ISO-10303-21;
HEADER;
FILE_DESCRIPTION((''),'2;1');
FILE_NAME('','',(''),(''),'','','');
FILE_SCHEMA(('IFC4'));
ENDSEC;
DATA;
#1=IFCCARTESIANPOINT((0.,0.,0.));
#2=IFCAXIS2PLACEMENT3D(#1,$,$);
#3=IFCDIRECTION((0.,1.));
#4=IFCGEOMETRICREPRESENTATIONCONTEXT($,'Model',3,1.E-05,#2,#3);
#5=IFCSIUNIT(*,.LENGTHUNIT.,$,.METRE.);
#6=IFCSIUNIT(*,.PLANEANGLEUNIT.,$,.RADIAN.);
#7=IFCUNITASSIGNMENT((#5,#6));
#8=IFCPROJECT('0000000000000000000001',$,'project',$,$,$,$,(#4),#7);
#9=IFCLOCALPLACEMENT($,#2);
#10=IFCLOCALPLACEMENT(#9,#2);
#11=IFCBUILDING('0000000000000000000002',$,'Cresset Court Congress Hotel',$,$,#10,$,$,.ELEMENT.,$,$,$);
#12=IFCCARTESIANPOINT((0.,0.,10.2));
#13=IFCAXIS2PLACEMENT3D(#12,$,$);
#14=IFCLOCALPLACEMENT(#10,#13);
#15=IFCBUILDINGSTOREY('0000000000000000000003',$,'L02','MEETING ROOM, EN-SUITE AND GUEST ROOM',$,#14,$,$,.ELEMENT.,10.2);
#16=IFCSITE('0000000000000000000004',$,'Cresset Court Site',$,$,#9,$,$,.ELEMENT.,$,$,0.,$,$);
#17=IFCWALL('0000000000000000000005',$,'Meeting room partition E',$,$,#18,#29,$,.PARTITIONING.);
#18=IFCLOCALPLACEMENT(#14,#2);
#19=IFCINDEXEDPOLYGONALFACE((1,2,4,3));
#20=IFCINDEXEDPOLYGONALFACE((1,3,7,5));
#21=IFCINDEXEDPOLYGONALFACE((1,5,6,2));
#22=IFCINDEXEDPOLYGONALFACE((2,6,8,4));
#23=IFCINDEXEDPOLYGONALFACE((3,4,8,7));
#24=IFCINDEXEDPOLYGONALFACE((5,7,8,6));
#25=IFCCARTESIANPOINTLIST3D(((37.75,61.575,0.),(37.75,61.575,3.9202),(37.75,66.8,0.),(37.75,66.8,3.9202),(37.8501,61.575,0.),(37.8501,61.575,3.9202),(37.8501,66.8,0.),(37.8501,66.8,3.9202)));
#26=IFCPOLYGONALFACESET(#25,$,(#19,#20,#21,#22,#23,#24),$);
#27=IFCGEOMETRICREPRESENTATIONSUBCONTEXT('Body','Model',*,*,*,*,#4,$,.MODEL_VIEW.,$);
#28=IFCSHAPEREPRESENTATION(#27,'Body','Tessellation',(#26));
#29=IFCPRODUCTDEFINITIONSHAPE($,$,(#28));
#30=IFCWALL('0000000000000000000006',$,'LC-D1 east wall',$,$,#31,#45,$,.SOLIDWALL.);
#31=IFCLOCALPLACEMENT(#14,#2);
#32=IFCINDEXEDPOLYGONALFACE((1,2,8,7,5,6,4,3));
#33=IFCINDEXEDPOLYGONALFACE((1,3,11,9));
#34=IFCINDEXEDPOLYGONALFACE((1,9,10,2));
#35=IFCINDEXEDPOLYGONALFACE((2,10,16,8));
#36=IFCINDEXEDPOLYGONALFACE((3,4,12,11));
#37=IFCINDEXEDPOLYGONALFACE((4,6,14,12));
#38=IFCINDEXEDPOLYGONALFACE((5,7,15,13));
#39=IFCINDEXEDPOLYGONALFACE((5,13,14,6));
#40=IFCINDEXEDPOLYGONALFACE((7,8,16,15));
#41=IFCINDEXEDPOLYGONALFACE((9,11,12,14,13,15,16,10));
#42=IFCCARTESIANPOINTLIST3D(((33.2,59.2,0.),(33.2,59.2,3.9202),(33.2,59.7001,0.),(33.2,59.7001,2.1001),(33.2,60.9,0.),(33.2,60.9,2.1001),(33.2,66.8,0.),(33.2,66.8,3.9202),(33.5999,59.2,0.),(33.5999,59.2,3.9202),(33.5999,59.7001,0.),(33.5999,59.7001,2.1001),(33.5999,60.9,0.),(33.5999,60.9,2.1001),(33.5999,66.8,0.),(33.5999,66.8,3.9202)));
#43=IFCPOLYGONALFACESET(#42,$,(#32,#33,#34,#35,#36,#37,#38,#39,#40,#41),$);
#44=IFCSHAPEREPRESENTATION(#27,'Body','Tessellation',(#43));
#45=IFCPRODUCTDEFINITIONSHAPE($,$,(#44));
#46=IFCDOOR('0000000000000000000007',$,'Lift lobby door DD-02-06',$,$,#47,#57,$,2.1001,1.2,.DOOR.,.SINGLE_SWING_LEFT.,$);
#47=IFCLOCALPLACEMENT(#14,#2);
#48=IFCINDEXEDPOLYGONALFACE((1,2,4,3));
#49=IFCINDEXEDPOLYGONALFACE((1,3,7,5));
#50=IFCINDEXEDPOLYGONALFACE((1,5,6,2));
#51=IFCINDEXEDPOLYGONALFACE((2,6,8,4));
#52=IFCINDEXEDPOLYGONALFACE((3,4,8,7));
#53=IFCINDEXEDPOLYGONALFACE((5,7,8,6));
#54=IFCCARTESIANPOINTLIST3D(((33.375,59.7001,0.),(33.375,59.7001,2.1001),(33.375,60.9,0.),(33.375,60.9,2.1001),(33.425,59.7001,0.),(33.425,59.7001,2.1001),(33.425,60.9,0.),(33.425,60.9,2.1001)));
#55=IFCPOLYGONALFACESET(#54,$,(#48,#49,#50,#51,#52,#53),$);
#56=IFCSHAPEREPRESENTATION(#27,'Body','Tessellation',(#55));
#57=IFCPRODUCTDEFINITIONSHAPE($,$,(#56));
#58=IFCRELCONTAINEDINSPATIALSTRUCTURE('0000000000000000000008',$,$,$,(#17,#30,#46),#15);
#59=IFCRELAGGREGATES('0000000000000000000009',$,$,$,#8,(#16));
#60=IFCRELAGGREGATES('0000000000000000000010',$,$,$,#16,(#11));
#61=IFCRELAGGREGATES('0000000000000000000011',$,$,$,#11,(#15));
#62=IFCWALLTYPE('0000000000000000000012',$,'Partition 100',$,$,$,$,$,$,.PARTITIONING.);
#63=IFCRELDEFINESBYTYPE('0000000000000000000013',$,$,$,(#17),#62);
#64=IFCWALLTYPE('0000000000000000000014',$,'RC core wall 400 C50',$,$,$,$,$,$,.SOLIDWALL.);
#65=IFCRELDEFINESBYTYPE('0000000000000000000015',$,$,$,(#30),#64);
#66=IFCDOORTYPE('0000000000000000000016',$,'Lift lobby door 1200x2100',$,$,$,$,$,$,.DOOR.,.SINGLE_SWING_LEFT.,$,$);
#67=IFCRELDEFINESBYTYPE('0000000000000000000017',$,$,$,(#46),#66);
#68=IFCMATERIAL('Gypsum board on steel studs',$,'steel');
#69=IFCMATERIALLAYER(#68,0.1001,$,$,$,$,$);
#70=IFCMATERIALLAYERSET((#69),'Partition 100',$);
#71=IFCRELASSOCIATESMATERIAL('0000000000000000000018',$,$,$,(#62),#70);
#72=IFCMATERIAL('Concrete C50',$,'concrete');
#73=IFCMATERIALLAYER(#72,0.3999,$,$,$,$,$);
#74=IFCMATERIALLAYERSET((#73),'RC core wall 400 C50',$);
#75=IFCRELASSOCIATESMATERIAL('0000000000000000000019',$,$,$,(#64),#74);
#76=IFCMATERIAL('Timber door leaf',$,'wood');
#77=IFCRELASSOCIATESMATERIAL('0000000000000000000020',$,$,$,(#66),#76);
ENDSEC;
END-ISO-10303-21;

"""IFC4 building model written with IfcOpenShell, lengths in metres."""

from ifc_helpers import new_model, si_unit, direction, frame, frame_2d, origin, place, context, subcontext, project, spatial, rectangle, extrude, material, layer, layer_set, type_object, element, fill, save


model = new_model("IFC4")

# Units and contexts
model_context = context("Model", 3, precision=1e-05, world=origin(), true_north=direction((0.0, 1.0)))
body_context = subcontext(model_context, "Body", "Model", "MODEL_VIEW")
ifc_project = project(units=[si_unit("LENGTHUNIT", "METRE"), si_unit("PLANEANGLEUNIT", "RADIAN")], contexts=[model_context])

# Site, building, storey
site_placement = place(None, origin())
site = spatial("IfcSite", under=ifc_project, at=site_placement, Name="Cresset Court Site", CompositionType="ELEMENT", RefElevation=0.0)
building_placement = place(site_placement, origin())
building = spatial("IfcBuilding", under=site, at=building_placement, Name="Cresset Court Congress Hotel", CompositionType="ELEMENT")
storey_placement = place(building_placement, frame((0.0, 0.0, 10.2)))
storey = spatial("IfcBuildingStorey", under=building, at=storey_placement, Name="L02", Description="MEETING ROOM, EN-SUITE AND GUEST ROOM", CompositionType="ELEMENT", Elevation=10.2)

# Wall
ifc_material_1 = material(Name="Gypsum board on steel studs", Category="steel")
ifc_layer_1 = layer(ifc_material_1, 0.1001)
ifc_layer_set_1 = layer_set([ifc_layer_1], Name="Partition 100")
wall_type_1 = type_object("IfcWallType", Name="Partition 100", PredefinedType="PARTITIONING", material=ifc_layer_set_1)
wall_1_placement = place(storey_placement, frame((37.8, 61.575, 0.0), z_axis=(0.0, 0.0, 1.0), x_axis=(0.0, 1.0, 0.0)))
element("IfcWall", 1, at=wall_1_placement, inside=storey, type_object=wall_type_1, Name="Meeting room partition E", PredefinedType="PARTITIONING", context=body_context, shape_type="SweptSolid", body=[
    extrude(rectangle(XDim=5.2251, YDim=0.1001, at=frame_2d((2.6125, 0.0))), origin(), (0.0, 0.0, 1.0), 3.9202),
])

# Wall, opening, door
ifc_material_2 = material(Name="Concrete C50", Category="concrete")
ifc_layer_2 = layer(ifc_material_2, 0.3999)
ifc_layer_set_2 = layer_set([ifc_layer_2], Name="RC core wall 400 C50")
wall_type_2 = type_object("IfcWallType", Name="RC core wall 400 C50", PredefinedType="SOLIDWALL", material=ifc_layer_set_2)
wall_2_placement = place(storey_placement, frame((33.3999, 59.2, 0.0), z_axis=(0.0, 0.0, 1.0), x_axis=(0.0, 1.0, 0.0)))
wall_2 = element("IfcWall", 2, at=wall_2_placement, inside=storey, type_object=wall_type_2, Name="LC-D1 east wall", PredefinedType="SOLIDWALL", context=body_context, shape_type="SweptSolid", body=[
    extrude(rectangle(XDim=7.6001, YDim=0.3999, at=frame_2d((3.8, 0.0))), origin(), (0.0, 0.0, 1.0), 3.9202),
])
opening_1_placement = place(wall_2_placement, frame((0.5, 0.0, 0.0)))
opening_1 = element("IfcOpeningElement", 3, at=opening_1_placement, cuts=wall_2, PredefinedType="OPENING", context=body_context, shape_type="SweptSolid", body=[
    extrude(rectangle(XDim=1.2, YDim=2.1001, at=frame_2d((0.6001, 1.05))), frame((0.0, 0.21, 0.0), z_axis=(0.0, -1.0, 0.0), x_axis=(1.0, 0.0, 0.0)), (0.0, 0.0, 1.0), 0.4199),
])
ifc_material_3 = material(Name="Timber door leaf", Category="wood")
door_type_1 = type_object("IfcDoorType", Name="Lift lobby door 1200x2100", OperationType="SINGLE_SWING_LEFT", PredefinedType="DOOR", material=ifc_material_3)
door_1_placement = place(opening_1_placement, origin())
door_1 = element("IfcDoor", 4, at=door_1_placement, inside=storey, type_object=door_type_1, Name="Lift lobby door DD-02-06", OperationType="SINGLE_SWING_LEFT", OverallHeight=2.1001, OverallWidth=1.2, PredefinedType="DOOR", context=body_context, shape_type="SweptSolid", body=[
    extrude(rectangle(XDim=1.2, YDim=2.1001, at=frame_2d((0.6001, 1.05))), frame((0.0, 0.0249, 0.0), z_axis=(0.0, -1.0, 0.0), x_axis=(1.0, 0.0, 0.0)), (0.0, 0.0, 1.0), 0.05),
])
fill(opening_1, door_1)

save(model, "model.ifc")
